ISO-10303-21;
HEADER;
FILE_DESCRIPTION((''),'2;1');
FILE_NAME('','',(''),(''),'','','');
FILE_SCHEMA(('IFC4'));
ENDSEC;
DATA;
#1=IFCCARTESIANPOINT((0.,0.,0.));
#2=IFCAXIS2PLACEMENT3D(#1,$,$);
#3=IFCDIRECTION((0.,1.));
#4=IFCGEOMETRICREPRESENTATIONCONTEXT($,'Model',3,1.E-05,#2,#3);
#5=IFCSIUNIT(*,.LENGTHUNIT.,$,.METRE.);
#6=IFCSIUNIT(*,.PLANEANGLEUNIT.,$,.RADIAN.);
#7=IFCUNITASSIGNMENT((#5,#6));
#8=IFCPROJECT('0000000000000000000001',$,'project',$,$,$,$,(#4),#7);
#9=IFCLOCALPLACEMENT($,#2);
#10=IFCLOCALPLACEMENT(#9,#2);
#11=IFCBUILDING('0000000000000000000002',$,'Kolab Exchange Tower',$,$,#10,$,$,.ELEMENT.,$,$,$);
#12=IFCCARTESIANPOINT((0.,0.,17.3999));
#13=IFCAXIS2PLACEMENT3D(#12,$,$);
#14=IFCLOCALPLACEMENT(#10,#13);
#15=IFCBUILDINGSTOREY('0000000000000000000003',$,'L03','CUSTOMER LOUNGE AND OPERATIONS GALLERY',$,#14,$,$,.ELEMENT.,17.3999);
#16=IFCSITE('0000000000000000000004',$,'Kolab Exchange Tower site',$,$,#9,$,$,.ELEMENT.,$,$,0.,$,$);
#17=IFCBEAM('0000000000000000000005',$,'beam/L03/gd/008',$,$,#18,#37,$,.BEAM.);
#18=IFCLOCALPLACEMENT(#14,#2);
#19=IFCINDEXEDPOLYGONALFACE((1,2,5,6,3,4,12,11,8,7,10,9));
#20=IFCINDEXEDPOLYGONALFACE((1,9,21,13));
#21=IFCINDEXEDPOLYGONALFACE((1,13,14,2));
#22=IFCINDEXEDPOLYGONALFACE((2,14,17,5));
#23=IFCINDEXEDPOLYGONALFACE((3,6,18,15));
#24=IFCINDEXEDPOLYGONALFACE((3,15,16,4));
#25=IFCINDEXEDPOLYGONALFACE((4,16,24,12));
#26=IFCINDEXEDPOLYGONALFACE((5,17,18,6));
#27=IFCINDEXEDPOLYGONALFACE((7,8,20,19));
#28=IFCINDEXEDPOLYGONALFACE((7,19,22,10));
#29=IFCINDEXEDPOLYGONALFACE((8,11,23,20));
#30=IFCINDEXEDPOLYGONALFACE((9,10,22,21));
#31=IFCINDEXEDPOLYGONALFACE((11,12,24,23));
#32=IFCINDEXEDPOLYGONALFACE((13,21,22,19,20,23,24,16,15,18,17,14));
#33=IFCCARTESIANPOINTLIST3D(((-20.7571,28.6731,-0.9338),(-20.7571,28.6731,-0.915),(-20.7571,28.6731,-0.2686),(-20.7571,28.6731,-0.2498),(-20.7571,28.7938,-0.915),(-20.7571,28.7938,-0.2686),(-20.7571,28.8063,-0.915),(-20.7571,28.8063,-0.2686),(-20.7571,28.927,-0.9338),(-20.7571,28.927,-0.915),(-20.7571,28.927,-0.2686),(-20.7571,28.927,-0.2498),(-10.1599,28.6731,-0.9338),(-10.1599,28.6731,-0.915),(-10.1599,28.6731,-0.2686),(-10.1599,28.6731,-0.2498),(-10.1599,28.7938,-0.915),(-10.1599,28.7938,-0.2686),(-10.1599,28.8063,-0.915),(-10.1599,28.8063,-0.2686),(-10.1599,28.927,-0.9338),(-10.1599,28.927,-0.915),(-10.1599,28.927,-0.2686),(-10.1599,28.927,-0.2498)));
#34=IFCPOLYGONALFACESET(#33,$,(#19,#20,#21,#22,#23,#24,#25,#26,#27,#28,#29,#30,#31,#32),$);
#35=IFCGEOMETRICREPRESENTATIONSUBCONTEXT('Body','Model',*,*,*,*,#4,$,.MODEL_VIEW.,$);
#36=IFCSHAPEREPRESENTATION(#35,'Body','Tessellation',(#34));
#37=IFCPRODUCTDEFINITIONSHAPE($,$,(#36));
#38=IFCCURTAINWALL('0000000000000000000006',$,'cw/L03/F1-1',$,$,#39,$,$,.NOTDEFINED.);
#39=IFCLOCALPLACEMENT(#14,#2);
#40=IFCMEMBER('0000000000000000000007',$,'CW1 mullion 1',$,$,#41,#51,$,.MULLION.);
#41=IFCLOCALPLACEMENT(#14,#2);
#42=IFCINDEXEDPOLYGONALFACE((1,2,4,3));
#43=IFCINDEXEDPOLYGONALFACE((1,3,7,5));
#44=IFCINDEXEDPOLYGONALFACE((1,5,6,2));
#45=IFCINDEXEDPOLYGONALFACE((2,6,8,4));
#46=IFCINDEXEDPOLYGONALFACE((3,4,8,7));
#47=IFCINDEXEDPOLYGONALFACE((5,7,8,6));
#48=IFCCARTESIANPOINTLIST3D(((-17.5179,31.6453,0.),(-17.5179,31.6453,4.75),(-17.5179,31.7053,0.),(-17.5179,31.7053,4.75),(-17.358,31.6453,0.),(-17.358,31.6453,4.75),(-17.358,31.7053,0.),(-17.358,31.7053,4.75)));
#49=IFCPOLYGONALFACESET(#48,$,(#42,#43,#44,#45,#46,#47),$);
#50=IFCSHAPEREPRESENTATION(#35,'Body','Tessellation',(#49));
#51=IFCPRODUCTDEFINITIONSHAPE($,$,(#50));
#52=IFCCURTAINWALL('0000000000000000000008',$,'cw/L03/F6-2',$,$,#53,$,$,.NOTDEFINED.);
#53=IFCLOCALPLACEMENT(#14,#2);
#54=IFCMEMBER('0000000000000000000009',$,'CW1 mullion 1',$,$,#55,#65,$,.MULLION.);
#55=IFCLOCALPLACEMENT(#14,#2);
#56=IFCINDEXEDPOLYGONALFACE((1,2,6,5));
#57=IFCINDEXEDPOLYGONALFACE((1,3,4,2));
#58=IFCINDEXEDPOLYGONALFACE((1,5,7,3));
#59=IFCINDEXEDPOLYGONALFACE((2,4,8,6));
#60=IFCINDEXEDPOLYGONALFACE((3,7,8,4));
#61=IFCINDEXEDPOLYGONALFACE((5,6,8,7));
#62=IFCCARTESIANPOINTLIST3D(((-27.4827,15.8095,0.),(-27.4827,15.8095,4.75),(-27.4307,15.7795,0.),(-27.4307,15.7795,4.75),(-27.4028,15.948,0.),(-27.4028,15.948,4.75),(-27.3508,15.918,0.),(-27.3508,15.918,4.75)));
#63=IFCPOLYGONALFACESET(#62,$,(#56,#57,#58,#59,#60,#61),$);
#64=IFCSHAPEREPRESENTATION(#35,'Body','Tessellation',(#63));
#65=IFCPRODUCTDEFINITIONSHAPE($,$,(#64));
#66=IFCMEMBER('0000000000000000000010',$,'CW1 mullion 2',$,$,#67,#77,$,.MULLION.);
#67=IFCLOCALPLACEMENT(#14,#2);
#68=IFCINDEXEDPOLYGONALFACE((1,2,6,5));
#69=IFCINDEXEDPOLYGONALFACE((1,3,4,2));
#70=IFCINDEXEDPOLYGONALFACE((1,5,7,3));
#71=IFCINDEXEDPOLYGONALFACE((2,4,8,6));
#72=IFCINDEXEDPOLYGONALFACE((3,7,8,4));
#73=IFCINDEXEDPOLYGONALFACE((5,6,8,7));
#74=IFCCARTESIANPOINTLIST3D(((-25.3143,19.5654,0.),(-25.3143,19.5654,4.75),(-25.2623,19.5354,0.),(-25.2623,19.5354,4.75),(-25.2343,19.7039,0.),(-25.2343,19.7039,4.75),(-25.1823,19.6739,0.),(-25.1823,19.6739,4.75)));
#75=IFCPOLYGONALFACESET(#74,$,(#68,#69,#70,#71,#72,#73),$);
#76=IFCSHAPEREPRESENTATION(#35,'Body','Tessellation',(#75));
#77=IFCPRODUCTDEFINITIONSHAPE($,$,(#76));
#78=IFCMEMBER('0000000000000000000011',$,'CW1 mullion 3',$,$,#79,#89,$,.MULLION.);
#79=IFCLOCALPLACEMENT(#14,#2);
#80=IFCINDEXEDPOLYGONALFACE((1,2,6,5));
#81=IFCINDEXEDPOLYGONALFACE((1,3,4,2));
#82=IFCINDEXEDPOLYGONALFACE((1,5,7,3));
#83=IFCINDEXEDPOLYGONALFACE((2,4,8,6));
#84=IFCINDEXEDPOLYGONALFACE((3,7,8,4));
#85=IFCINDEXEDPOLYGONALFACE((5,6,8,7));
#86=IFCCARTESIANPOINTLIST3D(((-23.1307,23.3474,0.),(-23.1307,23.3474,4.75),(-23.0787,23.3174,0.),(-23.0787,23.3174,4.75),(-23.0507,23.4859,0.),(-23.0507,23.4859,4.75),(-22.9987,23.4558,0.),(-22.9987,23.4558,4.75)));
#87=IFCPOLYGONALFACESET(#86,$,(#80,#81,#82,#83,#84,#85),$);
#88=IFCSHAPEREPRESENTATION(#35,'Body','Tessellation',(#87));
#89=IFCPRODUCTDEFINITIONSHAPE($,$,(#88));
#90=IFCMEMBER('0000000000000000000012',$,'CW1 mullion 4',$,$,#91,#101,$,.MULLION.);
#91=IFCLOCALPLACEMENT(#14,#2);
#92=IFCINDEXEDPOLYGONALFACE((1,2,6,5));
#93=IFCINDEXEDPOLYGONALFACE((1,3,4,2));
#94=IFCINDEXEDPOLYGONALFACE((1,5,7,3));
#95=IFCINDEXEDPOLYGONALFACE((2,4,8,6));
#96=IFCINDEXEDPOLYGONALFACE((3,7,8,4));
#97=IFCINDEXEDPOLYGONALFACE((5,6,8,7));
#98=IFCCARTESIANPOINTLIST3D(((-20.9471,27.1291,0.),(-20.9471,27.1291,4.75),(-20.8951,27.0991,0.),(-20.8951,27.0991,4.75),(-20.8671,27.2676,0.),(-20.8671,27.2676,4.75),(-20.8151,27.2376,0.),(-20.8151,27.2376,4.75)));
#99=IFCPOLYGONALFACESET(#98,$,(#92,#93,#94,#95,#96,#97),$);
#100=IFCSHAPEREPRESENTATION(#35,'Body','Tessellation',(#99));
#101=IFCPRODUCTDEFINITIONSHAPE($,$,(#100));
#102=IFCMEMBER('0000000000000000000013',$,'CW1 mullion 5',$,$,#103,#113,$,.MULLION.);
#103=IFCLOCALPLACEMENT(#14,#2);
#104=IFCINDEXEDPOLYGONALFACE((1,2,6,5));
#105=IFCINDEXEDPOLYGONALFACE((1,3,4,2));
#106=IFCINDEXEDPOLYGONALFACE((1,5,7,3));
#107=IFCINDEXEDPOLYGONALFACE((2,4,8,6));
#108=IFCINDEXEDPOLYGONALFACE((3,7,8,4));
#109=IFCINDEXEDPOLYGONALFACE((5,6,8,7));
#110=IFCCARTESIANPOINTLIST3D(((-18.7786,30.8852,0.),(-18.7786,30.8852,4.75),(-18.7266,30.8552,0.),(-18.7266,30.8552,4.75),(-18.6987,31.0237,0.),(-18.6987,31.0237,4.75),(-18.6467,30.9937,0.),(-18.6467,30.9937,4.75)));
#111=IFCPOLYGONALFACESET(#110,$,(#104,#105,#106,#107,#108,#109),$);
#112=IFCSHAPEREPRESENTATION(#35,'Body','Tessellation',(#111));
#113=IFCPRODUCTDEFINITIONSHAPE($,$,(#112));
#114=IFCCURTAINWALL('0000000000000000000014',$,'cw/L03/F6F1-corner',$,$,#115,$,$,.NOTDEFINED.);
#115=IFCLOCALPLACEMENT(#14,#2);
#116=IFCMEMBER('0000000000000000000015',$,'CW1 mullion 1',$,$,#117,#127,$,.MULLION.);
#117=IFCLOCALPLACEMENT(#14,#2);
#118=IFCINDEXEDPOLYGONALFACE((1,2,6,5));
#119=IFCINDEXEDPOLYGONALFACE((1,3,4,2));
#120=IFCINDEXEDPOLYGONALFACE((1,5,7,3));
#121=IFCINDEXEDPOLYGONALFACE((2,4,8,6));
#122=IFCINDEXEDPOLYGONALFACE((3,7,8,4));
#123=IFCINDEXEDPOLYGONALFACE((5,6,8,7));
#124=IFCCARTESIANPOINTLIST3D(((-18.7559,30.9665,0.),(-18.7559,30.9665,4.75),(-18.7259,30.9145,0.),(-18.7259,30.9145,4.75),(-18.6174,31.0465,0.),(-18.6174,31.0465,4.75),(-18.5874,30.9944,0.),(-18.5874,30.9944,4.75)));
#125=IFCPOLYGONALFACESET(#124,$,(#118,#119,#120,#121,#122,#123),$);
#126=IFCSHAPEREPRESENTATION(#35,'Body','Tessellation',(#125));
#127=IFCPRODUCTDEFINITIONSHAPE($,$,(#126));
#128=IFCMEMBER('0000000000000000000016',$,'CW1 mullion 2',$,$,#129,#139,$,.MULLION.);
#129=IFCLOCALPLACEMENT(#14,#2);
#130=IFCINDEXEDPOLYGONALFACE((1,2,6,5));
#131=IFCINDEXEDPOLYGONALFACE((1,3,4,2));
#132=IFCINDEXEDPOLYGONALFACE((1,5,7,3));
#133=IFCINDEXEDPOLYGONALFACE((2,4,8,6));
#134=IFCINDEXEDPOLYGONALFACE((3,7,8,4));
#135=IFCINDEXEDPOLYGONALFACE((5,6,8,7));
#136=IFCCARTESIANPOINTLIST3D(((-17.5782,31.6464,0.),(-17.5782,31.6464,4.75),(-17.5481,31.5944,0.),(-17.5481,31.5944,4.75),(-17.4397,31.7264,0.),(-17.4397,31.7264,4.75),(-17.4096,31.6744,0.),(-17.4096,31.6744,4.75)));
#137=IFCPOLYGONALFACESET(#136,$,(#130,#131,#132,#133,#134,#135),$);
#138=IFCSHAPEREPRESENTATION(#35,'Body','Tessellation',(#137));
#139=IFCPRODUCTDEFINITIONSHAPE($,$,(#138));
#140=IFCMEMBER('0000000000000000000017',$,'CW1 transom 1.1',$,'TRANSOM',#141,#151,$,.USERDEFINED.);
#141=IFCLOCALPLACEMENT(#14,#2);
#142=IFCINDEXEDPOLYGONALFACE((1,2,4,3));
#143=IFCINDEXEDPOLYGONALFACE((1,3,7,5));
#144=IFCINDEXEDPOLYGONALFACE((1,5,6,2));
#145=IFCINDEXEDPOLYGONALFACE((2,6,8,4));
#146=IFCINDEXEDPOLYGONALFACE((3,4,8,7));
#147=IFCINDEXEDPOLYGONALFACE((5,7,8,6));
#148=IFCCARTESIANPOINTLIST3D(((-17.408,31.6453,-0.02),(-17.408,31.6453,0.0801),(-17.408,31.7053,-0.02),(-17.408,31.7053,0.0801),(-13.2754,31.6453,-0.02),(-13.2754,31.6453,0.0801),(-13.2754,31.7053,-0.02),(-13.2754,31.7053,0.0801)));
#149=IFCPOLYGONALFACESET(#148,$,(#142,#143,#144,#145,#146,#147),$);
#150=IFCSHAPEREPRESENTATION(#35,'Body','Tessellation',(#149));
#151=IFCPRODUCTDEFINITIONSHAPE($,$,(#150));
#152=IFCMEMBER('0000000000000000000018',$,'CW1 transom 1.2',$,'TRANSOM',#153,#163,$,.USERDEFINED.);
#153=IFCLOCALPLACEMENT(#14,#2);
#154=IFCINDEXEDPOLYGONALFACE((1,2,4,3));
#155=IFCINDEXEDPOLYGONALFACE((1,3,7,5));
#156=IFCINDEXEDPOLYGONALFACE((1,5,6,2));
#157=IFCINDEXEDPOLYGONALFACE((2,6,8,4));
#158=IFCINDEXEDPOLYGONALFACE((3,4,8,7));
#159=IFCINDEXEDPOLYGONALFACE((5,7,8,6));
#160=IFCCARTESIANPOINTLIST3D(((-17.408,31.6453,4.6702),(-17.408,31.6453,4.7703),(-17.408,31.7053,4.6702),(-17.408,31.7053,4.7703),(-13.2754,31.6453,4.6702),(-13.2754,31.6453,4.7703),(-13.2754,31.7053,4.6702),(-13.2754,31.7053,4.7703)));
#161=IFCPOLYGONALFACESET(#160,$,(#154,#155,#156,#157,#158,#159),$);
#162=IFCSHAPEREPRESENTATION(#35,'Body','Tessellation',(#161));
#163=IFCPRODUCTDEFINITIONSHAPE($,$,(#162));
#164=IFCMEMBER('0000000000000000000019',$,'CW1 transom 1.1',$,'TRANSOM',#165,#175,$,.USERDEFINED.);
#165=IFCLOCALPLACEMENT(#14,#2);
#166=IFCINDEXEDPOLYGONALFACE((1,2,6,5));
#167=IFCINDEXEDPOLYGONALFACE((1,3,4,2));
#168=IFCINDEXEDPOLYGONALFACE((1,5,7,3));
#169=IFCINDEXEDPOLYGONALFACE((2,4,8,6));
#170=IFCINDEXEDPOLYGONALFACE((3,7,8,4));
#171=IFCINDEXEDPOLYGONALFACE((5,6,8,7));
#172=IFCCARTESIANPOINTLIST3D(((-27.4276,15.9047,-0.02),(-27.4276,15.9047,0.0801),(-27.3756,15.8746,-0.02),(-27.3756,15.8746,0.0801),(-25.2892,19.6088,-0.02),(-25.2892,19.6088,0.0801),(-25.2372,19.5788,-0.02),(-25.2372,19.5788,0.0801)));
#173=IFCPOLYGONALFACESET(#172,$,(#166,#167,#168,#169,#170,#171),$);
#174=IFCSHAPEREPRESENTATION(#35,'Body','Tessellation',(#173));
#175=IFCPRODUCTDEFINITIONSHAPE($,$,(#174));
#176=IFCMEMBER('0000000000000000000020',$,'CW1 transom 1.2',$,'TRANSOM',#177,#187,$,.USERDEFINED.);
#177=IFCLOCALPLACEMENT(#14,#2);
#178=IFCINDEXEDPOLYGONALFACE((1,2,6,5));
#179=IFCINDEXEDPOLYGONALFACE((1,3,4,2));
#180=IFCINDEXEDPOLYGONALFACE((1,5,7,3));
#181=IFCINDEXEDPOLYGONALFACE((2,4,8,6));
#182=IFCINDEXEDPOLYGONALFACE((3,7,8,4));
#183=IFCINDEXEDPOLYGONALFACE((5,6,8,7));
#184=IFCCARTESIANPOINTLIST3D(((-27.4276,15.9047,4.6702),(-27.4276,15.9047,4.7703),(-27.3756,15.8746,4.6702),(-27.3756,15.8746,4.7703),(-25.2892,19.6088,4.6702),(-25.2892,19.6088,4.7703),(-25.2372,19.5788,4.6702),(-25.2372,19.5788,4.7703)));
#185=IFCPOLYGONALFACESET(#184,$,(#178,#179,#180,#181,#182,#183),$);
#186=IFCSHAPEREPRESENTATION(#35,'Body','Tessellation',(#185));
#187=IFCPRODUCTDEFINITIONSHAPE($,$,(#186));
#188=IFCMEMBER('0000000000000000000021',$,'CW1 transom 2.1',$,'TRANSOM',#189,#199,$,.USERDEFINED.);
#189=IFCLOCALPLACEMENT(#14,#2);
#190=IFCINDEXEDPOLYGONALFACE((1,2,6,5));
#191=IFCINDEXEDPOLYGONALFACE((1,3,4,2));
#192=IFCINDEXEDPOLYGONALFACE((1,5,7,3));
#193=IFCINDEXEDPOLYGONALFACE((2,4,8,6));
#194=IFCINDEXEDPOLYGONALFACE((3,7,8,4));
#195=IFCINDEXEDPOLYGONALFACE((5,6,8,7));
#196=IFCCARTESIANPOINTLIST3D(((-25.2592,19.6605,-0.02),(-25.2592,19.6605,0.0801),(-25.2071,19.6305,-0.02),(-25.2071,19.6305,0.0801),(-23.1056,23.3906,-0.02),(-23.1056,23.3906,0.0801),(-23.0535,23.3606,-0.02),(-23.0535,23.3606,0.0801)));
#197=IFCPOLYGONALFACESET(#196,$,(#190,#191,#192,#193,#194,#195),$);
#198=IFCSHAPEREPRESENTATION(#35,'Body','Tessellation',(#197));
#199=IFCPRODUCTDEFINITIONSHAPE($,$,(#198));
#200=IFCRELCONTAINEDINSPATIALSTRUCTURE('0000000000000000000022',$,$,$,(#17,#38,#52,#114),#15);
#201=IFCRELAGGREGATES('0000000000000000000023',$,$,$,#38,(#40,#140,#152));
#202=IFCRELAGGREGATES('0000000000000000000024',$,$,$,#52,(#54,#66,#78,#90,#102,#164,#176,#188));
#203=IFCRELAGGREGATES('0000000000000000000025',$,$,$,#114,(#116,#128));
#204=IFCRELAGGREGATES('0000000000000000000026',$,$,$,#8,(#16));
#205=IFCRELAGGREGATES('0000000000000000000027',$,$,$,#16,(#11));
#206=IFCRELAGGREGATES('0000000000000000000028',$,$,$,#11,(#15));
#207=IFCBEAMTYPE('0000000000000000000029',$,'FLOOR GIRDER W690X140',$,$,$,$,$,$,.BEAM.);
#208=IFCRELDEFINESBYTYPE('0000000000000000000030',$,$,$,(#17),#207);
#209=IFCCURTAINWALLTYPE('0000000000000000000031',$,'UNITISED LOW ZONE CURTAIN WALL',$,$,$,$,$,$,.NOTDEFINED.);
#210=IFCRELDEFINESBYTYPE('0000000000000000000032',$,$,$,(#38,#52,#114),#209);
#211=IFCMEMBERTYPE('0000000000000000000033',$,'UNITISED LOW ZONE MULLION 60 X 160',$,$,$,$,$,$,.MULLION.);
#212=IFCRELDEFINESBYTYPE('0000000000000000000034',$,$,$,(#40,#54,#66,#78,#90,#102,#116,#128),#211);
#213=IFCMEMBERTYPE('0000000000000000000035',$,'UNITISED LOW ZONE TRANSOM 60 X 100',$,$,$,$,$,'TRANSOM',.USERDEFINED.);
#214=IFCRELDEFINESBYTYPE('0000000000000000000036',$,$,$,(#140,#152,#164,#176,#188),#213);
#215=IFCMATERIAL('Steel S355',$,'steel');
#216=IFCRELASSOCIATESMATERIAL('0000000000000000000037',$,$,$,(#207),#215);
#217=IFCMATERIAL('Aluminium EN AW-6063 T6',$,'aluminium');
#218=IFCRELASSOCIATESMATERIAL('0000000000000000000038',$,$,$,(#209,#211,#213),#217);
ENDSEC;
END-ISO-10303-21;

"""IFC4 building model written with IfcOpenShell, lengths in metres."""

from ifc_helpers import new_model, si_unit, direction, frame, origin, origin_2d, place, context, subcontext, project, spatial, rectangle, i_section, extrude, material, material_profile, profile_set, type_object, element, aggregate, save


model = new_model("IFC4")

# Units and contexts
model_context = context("Model", 3, precision=1e-05, world=origin(), true_north=direction((0.0, 1.0)))
body_context = subcontext(model_context, "Body", "Model", "MODEL_VIEW")
ifc_project = project(units=[si_unit("LENGTHUNIT", "METRE"), si_unit("PLANEANGLEUNIT", "RADIAN")], contexts=[model_context])

# Site, building, storey
site_placement = place(None, origin())
site = spatial("IfcSite", under=ifc_project, at=site_placement, Name="Kolab Exchange Tower site", CompositionType="ELEMENT", RefElevation=0.0)
building_placement = place(site_placement, origin())
building = spatial("IfcBuilding", under=site, at=building_placement, Name="Kolab Exchange Tower", CompositionType="ELEMENT")
storey_placement = place(building_placement, frame((0.0, 0.0, 17.3999)))
storey = spatial("IfcBuildingStorey", under=building, at=storey_placement, Name="L03", Description="CUSTOMER LOUNGE AND OPERATIONS GALLERY", CompositionType="ELEMENT", Elevation=17.3999)

# Beam
ifc_material_1 = material(Name="Steel S355", Category="steel")
ifc_material_profile_1 = material_profile(ifc_material_1, i_section(OverallWidth=0.2539, OverallDepth=0.6841, WebThickness=0.0125, FlangeThickness=0.0188, at=origin_2d()), Name="W690X140")
ifc_profile_set_1 = profile_set([ifc_material_profile_1], Name="Steel S355")
beam_type_1 = type_object("IfcBeamType", Name="FLOOR GIRDER W690X140", PredefinedType="BEAM", material=ifc_profile_set_1)
beam_1_placement = place(storey_placement, frame((-20.7571, 28.8, -0.5918), z_axis=(1.0, 0.0, 0.0), x_axis=(0.0, 1.0, 0.0)))
element("IfcBeam", 1, at=beam_1_placement, inside=storey, type_object=beam_type_1, Name="beam/L03/gd/008", PredefinedType="BEAM", context=body_context, shape_type="SweptSolid", body=[
    extrude(i_section(OverallWidth=0.2539, OverallDepth=0.6841, WebThickness=0.0125, FlangeThickness=0.0188, at=origin_2d()), origin(), (0.0, 0.0, 1.0), 10.5972),
])

# Curtain wall, member
ifc_material_2 = material(Name="Aluminium EN AW-6063 T6", Category="aluminium")
curtain_wall_type = type_object("IfcCurtainWallType", Name="UNITISED LOW ZONE CURTAIN WALL", PredefinedType="NOTDEFINED", material=ifc_material_2)
curtain_wall_1_placement = place(storey_placement, origin())
curtain_wall_1 = element("IfcCurtainWall", 2, at=curtain_wall_1_placement, inside=storey, type_object=curtain_wall_type, Name="cw/L03/F1-1", PredefinedType="NOTDEFINED")
ifc_material_profile_2 = material_profile(ifc_material_2, rectangle(XDim=0.0601, YDim=0.1599, at=origin_2d()), Name="RECT 60X160")
ifc_profile_set_2 = profile_set([ifc_material_profile_2], Name="Aluminium EN AW-6063 T6")
member_type_1 = type_object("IfcMemberType", Name="UNITISED LOW ZONE MULLION 60 X 160", PredefinedType="MULLION", material=ifc_profile_set_2)
member_1_placement = place(storey_placement, frame((-17.438, 31.6753, 0.0), z_axis=(0.0, 0.0, 1.0), x_axis=(0.0, 1.0, 0.0)))
member_1 = element("IfcMember", 3, at=member_1_placement, type_object=member_type_1, Name="CW1 mullion 1", PredefinedType="MULLION", context=body_context, shape_type="SweptSolid", body=[
    extrude(rectangle(XDim=0.0601, YDim=0.1599, at=origin_2d()), origin(), (0.0, 0.0, 1.0), 4.75),
])

# Curtain walls, members
curtain_wall_2_placement = place(storey_placement, origin())
curtain_wall_2 = element("IfcCurtainWall", 4, at=curtain_wall_2_placement, inside=storey, type_object=curtain_wall_type, Name="cw/L03/F6-2", PredefinedType="NOTDEFINED")
member_2_placement = place(storey_placement, frame((-27.4167, 15.8638, 0.0), z_axis=(0.0, 0.0, 1.0), x_axis=(-0.866025, 0.5, 0.0)))
member_2 = element("IfcMember", 5, at=member_2_placement, type_object=member_type_1, Name="CW1 mullion 1", PredefinedType="MULLION", context=body_context, shape_type="SweptSolid", body=[
    extrude(rectangle(XDim=0.0601, YDim=0.1599, at=origin_2d()), origin(), (0.0, 0.0, 1.0), 4.75),
])
member_3_placement = place(storey_placement, frame((-25.2483, 19.6196, 0.0), z_axis=(0.0, 0.0, 1.0), x_axis=(-0.866025, 0.5, 0.0)))
member_3 = element("IfcMember", 6, at=member_3_placement, type_object=member_type_1, Name="CW1 mullion 2", PredefinedType="MULLION", context=body_context, shape_type="SweptSolid", body=[
    extrude(rectangle(XDim=0.0601, YDim=0.1599, at=origin_2d()), origin(), (0.0, 0.0, 1.0), 4.75),
])
member_4_placement = place(storey_placement, frame((-23.0647, 23.4016, 0.0), z_axis=(0.0, 0.0, 1.0), x_axis=(-0.866025, 0.5, 0.0)))
member_4 = element("IfcMember", 7, at=member_4_placement, type_object=member_type_1, Name="CW1 mullion 3", PredefinedType="MULLION", context=body_context, shape_type="SweptSolid", body=[
    extrude(rectangle(XDim=0.0601, YDim=0.1599, at=origin_2d()), origin(), (0.0, 0.0, 1.0), 4.75),
])
member_5_placement = place(storey_placement, frame((-20.8811, 27.1833, 0.0), z_axis=(0.0, 0.0, 1.0), x_axis=(-0.866025, 0.5, 0.0)))
member_5 = element("IfcMember", 8, at=member_5_placement, type_object=member_type_1, Name="CW1 mullion 4", PredefinedType="MULLION", context=body_context, shape_type="SweptSolid", body=[
    extrude(rectangle(XDim=0.0601, YDim=0.1599, at=origin_2d()), origin(), (0.0, 0.0, 1.0), 4.75),
])
member_6_placement = place(storey_placement, frame((-18.7126, 30.9395, 0.0), z_axis=(0.0, 0.0, 1.0), x_axis=(-0.866025, 0.5, 0.0)))
member_6 = element("IfcMember", 9, at=member_6_placement, type_object=member_type_1, Name="CW1 mullion 5", PredefinedType="MULLION", context=body_context, shape_type="SweptSolid", body=[
    extrude(rectangle(XDim=0.0601, YDim=0.1599, at=origin_2d()), origin(), (0.0, 0.0, 1.0), 4.75),
])
curtain_wall_3_placement = place(storey_placement, origin())
curtain_wall_3 = element("IfcCurtainWall", 10, at=curtain_wall_3_placement, inside=storey, type_object=curtain_wall_type, Name="cw/L03/F6F1-corner", PredefinedType="NOTDEFINED")
member_7_placement = place(storey_placement, frame((-18.6716, 30.9805, 0.0), z_axis=(0.0, 0.0, 1.0), x_axis=(-0.5, 0.866025, 0.0)))
member_7 = element("IfcMember", 11, at=member_7_placement, type_object=member_type_1, Name="CW1 mullion 1", PredefinedType="MULLION", context=body_context, shape_type="SweptSolid", body=[
    extrude(rectangle(XDim=0.0601, YDim=0.1599, at=origin_2d()), origin(), (0.0, 0.0, 1.0), 4.75),
])
member_8_placement = place(storey_placement, frame((-17.4939, 31.6604, 0.0), z_axis=(0.0, 0.0, 1.0), x_axis=(-0.5, 0.866025, 0.0)))
member_8 = element("IfcMember", 12, at=member_8_placement, type_object=member_type_1, Name="CW1 mullion 2", PredefinedType="MULLION", context=body_context, shape_type="SweptSolid", body=[
    extrude(rectangle(XDim=0.0601, YDim=0.1599, at=origin_2d()), origin(), (0.0, 0.0, 1.0), 4.75),
])

# Members
ifc_material_profile_3 = material_profile(ifc_material_2, rectangle(XDim=0.0601, YDim=0.1001, at=origin_2d()), Name="RECT 60X100")
ifc_profile_set_3 = profile_set([ifc_material_profile_3], Name="Aluminium EN AW-6063 T6")
member_type_2 = type_object("IfcMemberType", Name="UNITISED LOW ZONE TRANSOM 60 X 100", ElementType="TRANSOM", PredefinedType="USERDEFINED", material=ifc_profile_set_3)
member_9_placement = place(storey_placement, frame((-17.408, 31.6753, 0.03), z_axis=(1.0, 0.0, 0.0), x_axis=(0.0, 1.0, 0.0)))
member_9 = element("IfcMember", 13, at=member_9_placement, type_object=member_type_2, Name="CW1 transom 1.1", ObjectType="TRANSOM", PredefinedType="USERDEFINED", context=body_context, shape_type="SweptSolid", body=[
    extrude(rectangle(XDim=0.0601, YDim=0.1001, at=origin_2d()), origin(), (0.0, 0.0, 1.0), 4.1326),
])
member_10_placement = place(storey_placement, frame((-17.408, 31.6753, 4.7202), z_axis=(1.0, 0.0, 0.0), x_axis=(0.0, 1.0, 0.0)))
member_10 = element("IfcMember", 14, at=member_10_placement, type_object=member_type_2, Name="CW1 transom 1.2", ObjectType="TRANSOM", PredefinedType="USERDEFINED", context=body_context, shape_type="SweptSolid", body=[
    extrude(rectangle(XDim=0.0601, YDim=0.1001, at=origin_2d()), origin(), (0.0, 0.0, 1.0), 4.1326),
])
aggregate(curtain_wall_1, [member_1, member_9, member_10])
member_11_placement = place(storey_placement, frame((-27.4016, 15.8896, 0.03), z_axis=(0.499976, 0.866039, 0.0), x_axis=(-0.866039, 0.499976, 0.0)))
member_11 = element("IfcMember", 15, at=member_11_placement, type_object=member_type_2, Name="CW1 transom 1.1", ObjectType="TRANSOM", PredefinedType="USERDEFINED", context=body_context, shape_type="SweptSolid", body=[
    extrude(rectangle(XDim=0.0601, YDim=0.1001, at=origin_2d()), origin(), (0.0, 0.0, 1.0), 4.2771),
])
member_12_placement = place(storey_placement, frame((-27.4016, 15.8896, 4.7202), z_axis=(0.499976, 0.866039, 0.0), x_axis=(-0.866039, 0.499976, 0.0)))
member_12 = element("IfcMember", 16, at=member_12_placement, type_object=member_type_2, Name="CW1 transom 1.2", ObjectType="TRANSOM", PredefinedType="USERDEFINED", context=body_context, shape_type="SweptSolid", body=[
    extrude(rectangle(XDim=0.0601, YDim=0.1001, at=origin_2d()), origin(), (0.0, 0.0, 1.0), 4.2771),
])
member_13_placement = place(storey_placement, frame((-25.2332, 19.6455, 0.03), z_axis=(0.50001, 0.866019, 0.0), x_axis=(-0.866019, 0.50001, 0.0)))
member_13 = element("IfcMember", 17, at=member_13_placement, type_object=member_type_2, Name="CW1 transom 2.1", ObjectType="TRANSOM", PredefinedType="USERDEFINED", context=body_context, shape_type="SweptSolid", body=[
    extrude(rectangle(XDim=0.0601, YDim=0.1001, at=origin_2d()), origin(), (0.0, 0.0, 1.0), 4.3071),
])

aggregate(curtain_wall_2, [member_2, member_3, member_4, member_5, member_6, member_11, member_12, member_13])
aggregate(curtain_wall_3, [member_7, member_8])

save(model, "model.ifc")
